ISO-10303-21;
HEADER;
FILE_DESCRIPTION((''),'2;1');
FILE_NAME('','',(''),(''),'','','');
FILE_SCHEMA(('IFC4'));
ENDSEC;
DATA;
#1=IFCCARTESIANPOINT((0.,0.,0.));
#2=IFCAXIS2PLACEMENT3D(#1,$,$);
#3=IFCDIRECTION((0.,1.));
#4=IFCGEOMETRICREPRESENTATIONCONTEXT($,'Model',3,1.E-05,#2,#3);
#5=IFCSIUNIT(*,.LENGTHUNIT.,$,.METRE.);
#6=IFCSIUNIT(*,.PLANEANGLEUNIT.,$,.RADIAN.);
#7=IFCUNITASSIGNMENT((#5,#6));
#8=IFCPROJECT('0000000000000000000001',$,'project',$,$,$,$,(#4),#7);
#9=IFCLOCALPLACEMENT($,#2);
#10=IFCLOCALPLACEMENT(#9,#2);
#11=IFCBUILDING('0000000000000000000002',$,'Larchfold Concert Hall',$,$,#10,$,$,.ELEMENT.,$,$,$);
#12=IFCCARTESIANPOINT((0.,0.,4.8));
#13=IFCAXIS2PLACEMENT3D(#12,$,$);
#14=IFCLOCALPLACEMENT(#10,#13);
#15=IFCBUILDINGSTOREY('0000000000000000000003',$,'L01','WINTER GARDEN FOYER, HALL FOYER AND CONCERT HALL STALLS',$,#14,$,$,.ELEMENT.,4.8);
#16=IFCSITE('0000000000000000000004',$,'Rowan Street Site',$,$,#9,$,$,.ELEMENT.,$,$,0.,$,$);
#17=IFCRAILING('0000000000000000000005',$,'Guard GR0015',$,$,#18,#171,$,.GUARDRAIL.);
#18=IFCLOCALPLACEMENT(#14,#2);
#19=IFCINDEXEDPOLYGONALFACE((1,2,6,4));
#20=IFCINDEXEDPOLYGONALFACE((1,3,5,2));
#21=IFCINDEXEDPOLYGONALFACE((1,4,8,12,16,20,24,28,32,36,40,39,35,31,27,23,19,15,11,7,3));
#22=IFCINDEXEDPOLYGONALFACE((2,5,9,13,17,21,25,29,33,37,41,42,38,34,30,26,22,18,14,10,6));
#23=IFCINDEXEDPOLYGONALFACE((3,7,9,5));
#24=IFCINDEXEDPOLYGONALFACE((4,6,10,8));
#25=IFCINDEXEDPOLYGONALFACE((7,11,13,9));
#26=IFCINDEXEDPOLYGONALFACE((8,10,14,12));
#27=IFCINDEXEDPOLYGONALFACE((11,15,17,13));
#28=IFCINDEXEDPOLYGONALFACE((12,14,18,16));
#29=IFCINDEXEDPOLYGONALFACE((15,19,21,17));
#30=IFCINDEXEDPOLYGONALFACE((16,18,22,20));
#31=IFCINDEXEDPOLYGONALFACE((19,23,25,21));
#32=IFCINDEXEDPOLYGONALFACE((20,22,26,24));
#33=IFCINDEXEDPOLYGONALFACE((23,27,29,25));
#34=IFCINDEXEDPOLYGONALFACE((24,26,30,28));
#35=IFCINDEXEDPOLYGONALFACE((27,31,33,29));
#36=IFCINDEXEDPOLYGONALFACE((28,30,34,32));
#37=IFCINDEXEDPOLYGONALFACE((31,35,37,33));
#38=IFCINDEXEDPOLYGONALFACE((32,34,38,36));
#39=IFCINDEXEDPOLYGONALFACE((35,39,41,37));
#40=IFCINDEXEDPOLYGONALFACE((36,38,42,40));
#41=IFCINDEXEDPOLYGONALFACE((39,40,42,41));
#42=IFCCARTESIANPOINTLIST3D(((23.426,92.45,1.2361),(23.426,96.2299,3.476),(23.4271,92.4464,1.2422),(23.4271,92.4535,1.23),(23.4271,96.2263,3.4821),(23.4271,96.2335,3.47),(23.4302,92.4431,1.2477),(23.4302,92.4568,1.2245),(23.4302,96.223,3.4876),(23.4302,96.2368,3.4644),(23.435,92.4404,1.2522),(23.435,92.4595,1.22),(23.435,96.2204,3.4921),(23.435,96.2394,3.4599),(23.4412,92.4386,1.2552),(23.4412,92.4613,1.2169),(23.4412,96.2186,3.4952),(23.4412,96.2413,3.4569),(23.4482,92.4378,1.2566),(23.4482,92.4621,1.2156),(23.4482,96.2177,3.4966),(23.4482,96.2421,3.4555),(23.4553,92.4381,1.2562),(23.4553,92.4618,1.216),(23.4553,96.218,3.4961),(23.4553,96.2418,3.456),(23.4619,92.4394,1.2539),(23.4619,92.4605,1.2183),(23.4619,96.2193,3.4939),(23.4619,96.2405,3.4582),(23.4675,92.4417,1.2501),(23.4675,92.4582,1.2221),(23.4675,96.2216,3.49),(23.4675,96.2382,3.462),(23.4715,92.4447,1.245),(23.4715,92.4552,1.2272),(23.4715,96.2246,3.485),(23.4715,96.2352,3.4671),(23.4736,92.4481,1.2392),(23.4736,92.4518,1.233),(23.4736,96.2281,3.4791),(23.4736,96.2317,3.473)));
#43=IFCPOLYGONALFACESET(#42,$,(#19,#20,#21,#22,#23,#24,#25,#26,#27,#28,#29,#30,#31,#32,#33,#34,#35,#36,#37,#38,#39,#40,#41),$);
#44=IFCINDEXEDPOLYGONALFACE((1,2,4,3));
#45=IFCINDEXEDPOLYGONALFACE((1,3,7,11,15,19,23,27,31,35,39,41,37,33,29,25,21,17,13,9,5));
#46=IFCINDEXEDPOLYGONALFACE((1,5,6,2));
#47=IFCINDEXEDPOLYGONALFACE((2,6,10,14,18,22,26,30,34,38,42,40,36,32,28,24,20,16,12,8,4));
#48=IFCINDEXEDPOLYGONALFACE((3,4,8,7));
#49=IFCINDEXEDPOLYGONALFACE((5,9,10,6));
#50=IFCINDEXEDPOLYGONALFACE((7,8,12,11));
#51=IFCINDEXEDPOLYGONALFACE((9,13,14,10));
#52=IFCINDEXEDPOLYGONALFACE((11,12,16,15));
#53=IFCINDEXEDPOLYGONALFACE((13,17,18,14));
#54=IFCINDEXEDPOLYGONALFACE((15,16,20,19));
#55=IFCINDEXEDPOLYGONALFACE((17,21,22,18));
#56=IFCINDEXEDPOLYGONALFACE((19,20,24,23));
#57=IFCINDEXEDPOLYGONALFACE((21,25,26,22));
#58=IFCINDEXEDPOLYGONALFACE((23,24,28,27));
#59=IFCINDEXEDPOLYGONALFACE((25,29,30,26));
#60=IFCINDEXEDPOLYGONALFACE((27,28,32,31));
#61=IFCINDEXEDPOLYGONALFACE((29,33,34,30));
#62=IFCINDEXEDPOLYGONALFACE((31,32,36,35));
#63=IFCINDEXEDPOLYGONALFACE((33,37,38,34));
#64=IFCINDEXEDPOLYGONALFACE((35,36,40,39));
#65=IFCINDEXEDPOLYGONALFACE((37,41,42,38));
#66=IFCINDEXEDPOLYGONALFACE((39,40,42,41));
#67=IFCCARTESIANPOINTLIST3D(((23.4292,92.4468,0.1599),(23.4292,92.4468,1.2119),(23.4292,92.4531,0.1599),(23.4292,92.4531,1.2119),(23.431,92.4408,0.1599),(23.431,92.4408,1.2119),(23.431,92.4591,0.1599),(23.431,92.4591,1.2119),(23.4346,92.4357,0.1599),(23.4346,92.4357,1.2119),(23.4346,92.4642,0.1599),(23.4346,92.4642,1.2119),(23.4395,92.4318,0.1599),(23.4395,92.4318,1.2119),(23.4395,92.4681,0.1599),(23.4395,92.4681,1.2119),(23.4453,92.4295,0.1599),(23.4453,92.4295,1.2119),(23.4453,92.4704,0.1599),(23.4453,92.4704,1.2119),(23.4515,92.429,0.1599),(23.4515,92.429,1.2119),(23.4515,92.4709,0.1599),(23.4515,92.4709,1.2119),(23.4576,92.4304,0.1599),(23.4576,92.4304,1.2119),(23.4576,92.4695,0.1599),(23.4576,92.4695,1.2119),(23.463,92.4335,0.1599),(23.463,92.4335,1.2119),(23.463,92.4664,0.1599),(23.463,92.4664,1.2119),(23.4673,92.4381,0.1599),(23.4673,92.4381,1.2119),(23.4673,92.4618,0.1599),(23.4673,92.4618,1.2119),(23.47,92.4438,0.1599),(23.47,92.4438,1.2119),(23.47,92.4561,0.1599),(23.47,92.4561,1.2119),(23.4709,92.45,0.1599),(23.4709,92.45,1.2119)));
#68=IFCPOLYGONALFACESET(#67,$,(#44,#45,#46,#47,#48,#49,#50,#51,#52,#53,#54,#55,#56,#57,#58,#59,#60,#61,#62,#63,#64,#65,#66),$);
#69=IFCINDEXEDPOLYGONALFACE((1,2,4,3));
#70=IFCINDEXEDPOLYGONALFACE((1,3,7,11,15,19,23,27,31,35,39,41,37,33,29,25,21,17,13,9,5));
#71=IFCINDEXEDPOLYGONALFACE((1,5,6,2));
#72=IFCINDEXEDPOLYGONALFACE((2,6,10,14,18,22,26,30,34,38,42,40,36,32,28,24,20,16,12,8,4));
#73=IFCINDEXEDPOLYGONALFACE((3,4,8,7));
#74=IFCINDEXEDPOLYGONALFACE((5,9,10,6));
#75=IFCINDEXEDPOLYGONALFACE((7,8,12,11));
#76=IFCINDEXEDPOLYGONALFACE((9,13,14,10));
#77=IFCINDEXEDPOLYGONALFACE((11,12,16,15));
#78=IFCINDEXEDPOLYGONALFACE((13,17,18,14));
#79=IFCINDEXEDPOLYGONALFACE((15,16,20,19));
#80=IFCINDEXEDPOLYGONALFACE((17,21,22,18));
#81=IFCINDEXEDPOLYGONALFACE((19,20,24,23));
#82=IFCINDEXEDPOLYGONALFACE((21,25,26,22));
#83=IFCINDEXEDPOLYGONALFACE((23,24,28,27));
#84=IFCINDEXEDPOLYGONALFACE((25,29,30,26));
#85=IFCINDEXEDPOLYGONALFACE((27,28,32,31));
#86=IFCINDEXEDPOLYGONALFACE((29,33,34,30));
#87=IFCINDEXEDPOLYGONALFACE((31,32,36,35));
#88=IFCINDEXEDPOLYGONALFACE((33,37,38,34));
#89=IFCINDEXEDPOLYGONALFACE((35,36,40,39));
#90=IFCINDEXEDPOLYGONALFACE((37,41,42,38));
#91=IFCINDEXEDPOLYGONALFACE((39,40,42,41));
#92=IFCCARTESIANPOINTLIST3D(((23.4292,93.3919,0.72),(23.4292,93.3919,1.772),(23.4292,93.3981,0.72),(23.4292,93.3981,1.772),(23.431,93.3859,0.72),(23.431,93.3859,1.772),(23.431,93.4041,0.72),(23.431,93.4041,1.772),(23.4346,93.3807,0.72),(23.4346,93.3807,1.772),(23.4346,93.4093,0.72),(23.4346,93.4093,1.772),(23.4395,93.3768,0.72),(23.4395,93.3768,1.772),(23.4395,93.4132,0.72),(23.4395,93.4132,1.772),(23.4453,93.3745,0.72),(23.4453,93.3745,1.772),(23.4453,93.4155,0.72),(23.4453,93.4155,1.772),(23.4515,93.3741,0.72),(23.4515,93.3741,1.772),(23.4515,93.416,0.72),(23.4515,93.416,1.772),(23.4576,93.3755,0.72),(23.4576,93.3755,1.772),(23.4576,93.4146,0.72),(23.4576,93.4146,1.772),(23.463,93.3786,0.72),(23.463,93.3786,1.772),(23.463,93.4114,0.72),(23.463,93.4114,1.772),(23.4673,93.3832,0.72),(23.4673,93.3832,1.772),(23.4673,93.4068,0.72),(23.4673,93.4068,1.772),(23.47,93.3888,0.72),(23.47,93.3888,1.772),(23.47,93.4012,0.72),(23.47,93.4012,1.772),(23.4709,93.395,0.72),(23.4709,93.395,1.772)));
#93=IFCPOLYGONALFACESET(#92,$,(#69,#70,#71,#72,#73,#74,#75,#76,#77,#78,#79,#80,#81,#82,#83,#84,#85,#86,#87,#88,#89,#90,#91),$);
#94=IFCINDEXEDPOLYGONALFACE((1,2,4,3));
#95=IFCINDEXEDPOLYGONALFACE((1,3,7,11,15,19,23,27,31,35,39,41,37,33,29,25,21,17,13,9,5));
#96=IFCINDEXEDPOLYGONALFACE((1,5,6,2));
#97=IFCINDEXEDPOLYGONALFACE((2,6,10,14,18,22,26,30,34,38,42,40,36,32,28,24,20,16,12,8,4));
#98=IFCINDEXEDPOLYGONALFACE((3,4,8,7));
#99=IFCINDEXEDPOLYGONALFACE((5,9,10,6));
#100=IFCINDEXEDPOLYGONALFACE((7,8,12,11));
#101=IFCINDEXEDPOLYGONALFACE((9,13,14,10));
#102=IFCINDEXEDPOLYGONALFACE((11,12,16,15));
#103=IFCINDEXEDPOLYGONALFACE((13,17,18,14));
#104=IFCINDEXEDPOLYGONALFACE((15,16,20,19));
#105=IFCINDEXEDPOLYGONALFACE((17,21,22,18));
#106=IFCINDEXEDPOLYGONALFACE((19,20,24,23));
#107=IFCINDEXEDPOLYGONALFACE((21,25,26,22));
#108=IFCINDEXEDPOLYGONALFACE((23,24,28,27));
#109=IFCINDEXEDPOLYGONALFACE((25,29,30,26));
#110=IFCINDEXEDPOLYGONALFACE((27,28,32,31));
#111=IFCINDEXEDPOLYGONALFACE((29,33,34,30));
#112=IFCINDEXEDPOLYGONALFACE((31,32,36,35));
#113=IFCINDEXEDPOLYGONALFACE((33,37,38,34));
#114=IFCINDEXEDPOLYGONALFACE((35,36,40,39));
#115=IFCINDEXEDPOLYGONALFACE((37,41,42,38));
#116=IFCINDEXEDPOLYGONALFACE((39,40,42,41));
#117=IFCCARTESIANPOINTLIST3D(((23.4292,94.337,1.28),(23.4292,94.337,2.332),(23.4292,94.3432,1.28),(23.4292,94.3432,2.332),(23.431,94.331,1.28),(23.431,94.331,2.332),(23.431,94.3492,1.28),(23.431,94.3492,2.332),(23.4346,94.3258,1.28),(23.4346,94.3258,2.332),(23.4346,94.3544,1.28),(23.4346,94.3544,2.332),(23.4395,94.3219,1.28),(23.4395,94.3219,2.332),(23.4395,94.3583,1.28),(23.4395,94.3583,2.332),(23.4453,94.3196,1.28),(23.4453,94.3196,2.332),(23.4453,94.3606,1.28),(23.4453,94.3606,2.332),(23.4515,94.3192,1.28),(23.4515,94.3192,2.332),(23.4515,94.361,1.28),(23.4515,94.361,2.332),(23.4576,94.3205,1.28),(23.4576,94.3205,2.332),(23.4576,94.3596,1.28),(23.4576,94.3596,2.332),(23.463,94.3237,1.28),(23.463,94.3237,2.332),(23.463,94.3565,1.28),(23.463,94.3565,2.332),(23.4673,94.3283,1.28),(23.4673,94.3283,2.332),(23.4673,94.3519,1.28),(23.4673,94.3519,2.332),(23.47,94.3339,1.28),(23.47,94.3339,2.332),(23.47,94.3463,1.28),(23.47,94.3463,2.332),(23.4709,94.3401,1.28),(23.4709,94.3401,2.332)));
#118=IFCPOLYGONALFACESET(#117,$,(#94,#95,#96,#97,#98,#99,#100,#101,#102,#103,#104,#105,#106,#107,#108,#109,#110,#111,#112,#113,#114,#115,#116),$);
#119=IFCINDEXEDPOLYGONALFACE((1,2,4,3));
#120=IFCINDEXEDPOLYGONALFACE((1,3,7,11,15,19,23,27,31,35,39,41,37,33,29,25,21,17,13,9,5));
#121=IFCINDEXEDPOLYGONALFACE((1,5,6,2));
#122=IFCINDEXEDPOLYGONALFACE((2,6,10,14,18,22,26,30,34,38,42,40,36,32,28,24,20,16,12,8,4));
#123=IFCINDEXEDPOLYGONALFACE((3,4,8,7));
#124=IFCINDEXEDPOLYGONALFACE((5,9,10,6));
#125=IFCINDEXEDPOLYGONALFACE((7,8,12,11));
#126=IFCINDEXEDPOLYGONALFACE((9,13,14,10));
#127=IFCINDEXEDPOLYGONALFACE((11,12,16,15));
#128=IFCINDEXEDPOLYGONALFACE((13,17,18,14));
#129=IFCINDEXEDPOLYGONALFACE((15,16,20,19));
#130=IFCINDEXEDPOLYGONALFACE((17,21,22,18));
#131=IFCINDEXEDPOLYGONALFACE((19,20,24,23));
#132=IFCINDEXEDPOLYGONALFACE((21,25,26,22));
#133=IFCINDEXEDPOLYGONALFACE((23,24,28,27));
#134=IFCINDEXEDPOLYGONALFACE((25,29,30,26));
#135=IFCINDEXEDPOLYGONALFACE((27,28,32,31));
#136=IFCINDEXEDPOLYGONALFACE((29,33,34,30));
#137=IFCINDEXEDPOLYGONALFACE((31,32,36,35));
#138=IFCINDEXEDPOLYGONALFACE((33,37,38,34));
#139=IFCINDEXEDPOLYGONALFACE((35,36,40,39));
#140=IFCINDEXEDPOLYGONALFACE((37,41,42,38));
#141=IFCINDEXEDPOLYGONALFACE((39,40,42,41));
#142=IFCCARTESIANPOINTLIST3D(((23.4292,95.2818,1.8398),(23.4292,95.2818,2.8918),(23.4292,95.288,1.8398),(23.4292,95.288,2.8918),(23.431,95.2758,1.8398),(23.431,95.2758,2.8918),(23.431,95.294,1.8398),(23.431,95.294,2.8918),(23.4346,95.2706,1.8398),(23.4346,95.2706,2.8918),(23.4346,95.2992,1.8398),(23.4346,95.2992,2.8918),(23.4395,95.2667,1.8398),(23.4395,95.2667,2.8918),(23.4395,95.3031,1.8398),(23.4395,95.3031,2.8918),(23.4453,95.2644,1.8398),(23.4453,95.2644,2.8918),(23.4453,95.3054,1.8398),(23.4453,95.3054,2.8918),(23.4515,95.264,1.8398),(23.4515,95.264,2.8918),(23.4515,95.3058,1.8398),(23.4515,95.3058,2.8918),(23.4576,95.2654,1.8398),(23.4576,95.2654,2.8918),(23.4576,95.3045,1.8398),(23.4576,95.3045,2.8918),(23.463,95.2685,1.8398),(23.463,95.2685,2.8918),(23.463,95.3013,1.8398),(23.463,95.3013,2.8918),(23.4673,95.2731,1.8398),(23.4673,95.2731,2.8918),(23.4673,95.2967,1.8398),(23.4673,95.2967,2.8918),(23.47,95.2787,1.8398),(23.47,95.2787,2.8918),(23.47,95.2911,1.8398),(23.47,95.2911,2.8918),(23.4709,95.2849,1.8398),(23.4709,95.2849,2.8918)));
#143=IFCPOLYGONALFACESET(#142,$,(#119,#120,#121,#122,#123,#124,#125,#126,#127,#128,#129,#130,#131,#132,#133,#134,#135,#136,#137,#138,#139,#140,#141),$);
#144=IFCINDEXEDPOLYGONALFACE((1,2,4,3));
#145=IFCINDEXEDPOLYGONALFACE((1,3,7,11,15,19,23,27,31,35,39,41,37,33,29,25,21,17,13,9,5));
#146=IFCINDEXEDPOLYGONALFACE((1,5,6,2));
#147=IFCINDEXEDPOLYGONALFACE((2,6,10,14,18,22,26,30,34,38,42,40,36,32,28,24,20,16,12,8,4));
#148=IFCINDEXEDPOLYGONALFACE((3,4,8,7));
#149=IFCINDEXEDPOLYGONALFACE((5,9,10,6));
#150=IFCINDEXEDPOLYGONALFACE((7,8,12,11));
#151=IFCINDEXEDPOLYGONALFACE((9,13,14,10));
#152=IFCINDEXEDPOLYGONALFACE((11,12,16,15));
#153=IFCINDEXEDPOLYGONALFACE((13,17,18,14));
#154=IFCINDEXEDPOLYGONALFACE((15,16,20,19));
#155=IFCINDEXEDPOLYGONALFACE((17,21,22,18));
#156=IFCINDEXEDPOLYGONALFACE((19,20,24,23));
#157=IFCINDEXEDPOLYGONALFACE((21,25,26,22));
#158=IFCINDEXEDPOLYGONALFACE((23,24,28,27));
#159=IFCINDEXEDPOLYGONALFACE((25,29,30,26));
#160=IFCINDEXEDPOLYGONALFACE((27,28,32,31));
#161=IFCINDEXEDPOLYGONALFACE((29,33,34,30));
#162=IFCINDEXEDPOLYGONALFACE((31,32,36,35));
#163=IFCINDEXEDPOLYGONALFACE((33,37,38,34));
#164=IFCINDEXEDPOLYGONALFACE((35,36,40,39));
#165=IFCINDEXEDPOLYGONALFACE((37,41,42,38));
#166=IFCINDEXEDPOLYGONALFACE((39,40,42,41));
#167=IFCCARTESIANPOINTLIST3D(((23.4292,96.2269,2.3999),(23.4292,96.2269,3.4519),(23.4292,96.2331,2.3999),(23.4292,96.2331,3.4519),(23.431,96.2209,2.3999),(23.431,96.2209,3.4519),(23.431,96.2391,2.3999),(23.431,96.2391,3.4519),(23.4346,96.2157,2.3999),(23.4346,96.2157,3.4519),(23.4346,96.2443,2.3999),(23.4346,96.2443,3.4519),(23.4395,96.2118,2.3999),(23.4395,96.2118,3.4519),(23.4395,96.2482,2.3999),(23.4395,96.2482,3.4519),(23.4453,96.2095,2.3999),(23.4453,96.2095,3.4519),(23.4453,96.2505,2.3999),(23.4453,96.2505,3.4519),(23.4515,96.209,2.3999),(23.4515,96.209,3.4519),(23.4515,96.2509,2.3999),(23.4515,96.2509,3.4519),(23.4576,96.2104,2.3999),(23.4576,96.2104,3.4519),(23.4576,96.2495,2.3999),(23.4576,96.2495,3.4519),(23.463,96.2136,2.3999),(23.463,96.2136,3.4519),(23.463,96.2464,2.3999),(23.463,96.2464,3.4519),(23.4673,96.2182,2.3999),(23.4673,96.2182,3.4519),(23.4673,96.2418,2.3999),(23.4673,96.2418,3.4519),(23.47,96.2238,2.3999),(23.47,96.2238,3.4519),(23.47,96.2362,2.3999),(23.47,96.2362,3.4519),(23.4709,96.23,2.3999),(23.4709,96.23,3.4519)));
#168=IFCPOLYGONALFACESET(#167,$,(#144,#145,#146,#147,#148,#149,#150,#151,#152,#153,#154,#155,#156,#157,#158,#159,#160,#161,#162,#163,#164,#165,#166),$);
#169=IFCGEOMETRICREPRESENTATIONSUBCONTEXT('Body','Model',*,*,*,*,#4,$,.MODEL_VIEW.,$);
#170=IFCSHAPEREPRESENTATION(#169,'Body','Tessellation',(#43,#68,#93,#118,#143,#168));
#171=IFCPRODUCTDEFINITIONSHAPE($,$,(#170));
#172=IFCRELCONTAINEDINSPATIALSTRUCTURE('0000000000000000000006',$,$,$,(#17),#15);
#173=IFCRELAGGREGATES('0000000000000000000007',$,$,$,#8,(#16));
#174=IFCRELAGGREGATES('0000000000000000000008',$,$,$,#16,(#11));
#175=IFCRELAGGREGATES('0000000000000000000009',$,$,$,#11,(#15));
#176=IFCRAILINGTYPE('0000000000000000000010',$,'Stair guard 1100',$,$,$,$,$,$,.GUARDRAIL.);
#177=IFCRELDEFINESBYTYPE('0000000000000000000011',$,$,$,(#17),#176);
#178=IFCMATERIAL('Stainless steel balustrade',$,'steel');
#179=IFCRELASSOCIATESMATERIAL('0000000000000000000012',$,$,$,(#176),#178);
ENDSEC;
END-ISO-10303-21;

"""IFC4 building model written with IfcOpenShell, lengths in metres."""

from ifc_helpers import new_model, si_unit, direction, frame, origin, origin_2d, place, context, subcontext, project, spatial, circle, extrude, material, type_object, element, save


model = new_model("IFC4")

# Units and contexts
model_context = context("Model", 3, precision=1e-05, world=origin(), true_north=direction((0.0, 1.0)))
body_context = subcontext(model_context, "Body", "Model", "MODEL_VIEW")
ifc_project = project(units=[si_unit("LENGTHUNIT", "METRE"), si_unit("PLANEANGLEUNIT", "RADIAN")], contexts=[model_context])

# Site, building, storey
site_placement = place(None, origin())
site = spatial("IfcSite", under=ifc_project, at=site_placement, Name="Rowan Street Site", CompositionType="ELEMENT", RefElevation=0.0)
building_placement = place(site_placement, origin())
building = spatial("IfcBuilding", under=site, at=building_placement, Name="Larchfold Concert Hall", CompositionType="ELEMENT")
storey_placement = place(building_placement, frame((0.0, 0.0, 4.8)))
storey = spatial("IfcBuildingStorey", under=building, at=storey_placement, Name="L01", Description="WINTER GARDEN FOYER, HALL FOYER AND CONCERT HALL STALLS", CompositionType="ELEMENT", Elevation=4.8)

# Railing
ifc_material_1 = material(Name="Stainless steel balustrade", Category="steel")
railing_type_1 = type_object("IfcRailingType", Name="Stair guard 1100", PredefinedType="GUARDRAIL", material=ifc_material_1)
railing_1_placement = place(storey_placement, frame((23.45, 92.45, 0.1599)))
element("IfcRailing", 1, at=railing_1_placement, inside=storey, type_object=railing_type_1, Name="Guard GR0015", PredefinedType="GUARDRAIL", context=body_context, shape_type="SweptSolid", body=[
    extrude(circle(Radius=0.0239, at=origin_2d()), frame((0.0, 0.0, 1.0762), z_axis=(0.0, 0.860294, 0.509798), x_axis=(-1.0, 0.0, 0.0)), (0.0, 0.0, 1.0), 4.3938),
    extrude(circle(Radius=0.021, at=origin_2d()), origin(), (0.0, 0.0, 1.0), 1.052),
    extrude(circle(Radius=0.021, at=origin_2d()), frame((0.0, 0.9451, 0.5601)), (0.0, 0.0, 1.0), 1.052),
    extrude(circle(Radius=0.021, at=origin_2d()), frame((0.0, 1.8901, 1.1201)), (0.0, 0.0, 1.0), 1.052),
    extrude(circle(Radius=0.021, at=origin_2d()), frame((0.0, 2.835, 1.6799)), (0.0, 0.0, 1.0), 1.052),
    extrude(circle(Radius=0.021, at=origin_2d()), frame((0.0, 3.78, 2.24)), (0.0, 0.0, 1.0), 1.052),
])

save(model, "model.ifc")
